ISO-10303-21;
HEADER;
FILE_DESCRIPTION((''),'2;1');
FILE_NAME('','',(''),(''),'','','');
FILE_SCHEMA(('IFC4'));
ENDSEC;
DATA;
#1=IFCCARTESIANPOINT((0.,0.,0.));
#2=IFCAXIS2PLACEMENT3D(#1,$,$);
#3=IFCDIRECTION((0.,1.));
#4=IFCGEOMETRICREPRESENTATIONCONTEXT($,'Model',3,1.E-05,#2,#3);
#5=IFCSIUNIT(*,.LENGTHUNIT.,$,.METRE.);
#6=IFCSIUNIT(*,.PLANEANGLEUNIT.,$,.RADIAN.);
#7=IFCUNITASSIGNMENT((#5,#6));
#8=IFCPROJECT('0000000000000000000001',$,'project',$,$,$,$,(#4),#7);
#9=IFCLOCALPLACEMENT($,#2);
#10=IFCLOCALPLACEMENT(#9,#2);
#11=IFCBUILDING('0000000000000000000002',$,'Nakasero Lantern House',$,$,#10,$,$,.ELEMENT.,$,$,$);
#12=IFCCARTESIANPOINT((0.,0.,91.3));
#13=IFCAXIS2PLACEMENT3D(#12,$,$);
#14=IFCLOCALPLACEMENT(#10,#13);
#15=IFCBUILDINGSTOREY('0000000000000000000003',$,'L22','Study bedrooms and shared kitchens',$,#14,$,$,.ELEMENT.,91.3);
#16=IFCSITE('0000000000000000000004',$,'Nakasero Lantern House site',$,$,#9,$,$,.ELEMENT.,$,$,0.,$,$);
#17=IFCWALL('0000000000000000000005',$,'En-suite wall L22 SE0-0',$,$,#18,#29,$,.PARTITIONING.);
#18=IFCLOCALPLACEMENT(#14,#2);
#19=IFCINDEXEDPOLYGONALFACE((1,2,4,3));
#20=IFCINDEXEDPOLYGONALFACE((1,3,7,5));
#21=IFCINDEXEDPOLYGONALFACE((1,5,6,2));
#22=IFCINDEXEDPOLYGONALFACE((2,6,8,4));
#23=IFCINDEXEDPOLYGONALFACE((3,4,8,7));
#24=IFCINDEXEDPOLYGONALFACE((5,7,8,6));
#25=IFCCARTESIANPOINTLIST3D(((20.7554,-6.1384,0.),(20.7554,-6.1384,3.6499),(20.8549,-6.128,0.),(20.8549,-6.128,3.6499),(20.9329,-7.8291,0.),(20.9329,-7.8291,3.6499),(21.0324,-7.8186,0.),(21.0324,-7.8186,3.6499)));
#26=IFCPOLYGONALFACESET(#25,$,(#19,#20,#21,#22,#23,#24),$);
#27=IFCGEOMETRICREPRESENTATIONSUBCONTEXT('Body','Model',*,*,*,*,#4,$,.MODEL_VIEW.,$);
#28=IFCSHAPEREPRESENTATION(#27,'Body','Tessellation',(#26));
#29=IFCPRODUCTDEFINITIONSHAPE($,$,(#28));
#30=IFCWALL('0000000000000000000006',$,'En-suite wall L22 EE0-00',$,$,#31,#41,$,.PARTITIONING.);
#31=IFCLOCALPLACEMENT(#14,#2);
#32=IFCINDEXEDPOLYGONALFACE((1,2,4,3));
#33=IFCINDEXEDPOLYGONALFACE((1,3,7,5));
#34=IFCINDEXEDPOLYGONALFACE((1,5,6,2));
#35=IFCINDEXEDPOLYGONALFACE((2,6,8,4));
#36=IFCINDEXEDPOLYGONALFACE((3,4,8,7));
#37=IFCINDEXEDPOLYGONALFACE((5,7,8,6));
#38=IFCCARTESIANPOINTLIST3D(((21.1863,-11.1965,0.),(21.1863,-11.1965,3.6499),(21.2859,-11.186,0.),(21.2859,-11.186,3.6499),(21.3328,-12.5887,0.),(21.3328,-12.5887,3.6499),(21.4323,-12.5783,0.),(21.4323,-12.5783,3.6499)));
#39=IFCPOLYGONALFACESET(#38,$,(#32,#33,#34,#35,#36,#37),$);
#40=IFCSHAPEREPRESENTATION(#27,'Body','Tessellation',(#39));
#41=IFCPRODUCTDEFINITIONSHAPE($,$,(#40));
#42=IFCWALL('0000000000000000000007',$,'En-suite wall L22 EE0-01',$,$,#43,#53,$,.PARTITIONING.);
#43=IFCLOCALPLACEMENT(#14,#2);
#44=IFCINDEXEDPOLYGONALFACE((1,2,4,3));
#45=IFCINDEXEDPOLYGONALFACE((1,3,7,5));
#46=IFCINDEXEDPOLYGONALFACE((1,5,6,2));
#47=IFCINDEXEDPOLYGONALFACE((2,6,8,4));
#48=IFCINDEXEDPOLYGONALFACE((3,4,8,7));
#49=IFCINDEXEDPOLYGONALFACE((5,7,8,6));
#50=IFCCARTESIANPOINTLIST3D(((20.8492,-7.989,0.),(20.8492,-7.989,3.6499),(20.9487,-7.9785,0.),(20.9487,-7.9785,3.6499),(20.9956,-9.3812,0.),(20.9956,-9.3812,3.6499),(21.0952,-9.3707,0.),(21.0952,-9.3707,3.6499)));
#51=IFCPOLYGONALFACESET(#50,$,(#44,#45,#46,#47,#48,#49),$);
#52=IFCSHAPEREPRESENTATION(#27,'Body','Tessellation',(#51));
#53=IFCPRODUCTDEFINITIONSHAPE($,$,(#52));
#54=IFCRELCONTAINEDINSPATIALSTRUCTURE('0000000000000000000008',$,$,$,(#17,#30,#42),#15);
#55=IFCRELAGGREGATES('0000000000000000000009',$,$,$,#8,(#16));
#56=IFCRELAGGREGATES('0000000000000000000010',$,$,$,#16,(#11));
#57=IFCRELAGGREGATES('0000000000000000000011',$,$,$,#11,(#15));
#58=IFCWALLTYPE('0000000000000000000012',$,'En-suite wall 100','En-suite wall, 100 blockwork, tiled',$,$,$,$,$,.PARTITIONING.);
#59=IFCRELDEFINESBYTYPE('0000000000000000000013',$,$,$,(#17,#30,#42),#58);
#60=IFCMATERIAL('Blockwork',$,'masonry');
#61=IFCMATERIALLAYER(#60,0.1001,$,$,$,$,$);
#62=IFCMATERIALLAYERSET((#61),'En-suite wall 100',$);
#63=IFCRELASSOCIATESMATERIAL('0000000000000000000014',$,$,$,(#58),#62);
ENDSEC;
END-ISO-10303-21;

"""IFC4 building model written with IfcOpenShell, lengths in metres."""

from ifc_helpers import new_model, si_unit, direction, frame, frame_2d, origin, place, context, subcontext, project, spatial, rectangle, extrude, material, layer, layer_set, type_object, element, save


model = new_model("IFC4")

# Units and contexts
model_context = context("Model", 3, precision=1e-05, world=origin(), true_north=direction((0.0, 1.0)))
body_context = subcontext(model_context, "Body", "Model", "MODEL_VIEW")
ifc_project = project(units=[si_unit("LENGTHUNIT", "METRE"), si_unit("PLANEANGLEUNIT", "RADIAN")], contexts=[model_context])

# Site, building, storey
site_placement = place(None, origin())
site = spatial("IfcSite", under=ifc_project, at=site_placement, Name="Nakasero Lantern House site", CompositionType="ELEMENT", RefElevation=0.0)
building_placement = place(site_placement, origin())
building = spatial("IfcBuilding", under=site, at=building_placement, Name="Nakasero Lantern House", CompositionType="ELEMENT")
storey_placement = place(building_placement, frame((0.0, 0.0, 91.3)))
storey = spatial("IfcBuildingStorey", under=building, at=storey_placement, Name="L22", Description="Study bedrooms and shared kitchens", CompositionType="ELEMENT", Elevation=91.3)

# Walls
ifc_material_1 = material(Name="Blockwork", Category="masonry")
ifc_layer_1 = layer(ifc_material_1, 0.1001)
ifc_layer_set_1 = layer_set([ifc_layer_1], Name="En-suite wall 100")
wall_type_1 = type_object("IfcWallType", Name="En-suite wall 100", Description="En-suite wall, 100 blockwork, tiled", PredefinedType="PARTITIONING", material=ifc_layer_set_1)
wall_1_placement = place(storey_placement, frame((20.9827, -7.824, 0.0), z_axis=(0.0, 0.0, 1.0), x_axis=(-0.104408, 0.994535, 0.0)))
element("IfcWall", 1, at=wall_1_placement, inside=storey, type_object=wall_type_1, Name="En-suite wall L22 SE0-0", PredefinedType="PARTITIONING", context=body_context, shape_type="SweptSolid", body=[
    extrude(rectangle(XDim=1.7, YDim=0.1001, at=frame_2d((0.8501, 0.0))), origin(), (0.0, 0.0, 1.0), 3.6499),
])
for number, where, z_axis, x_axis, name in (
    (2, (21.3826, -12.5835, 0.0), (0.0, 0.0, 1.0), (-0.10463, 0.994511, 0.0), "En-suite wall L22 EE0-00"),
    (3, (21.0454, -9.376, 0.0), (0.0, 0.0, 1.0), (-0.10463, 0.994511, 0.0), "En-suite wall L22 EE0-01"),
):
    element("IfcWall", number, at=place(storey_placement, frame(where, z_axis=z_axis, x_axis=x_axis)), inside=storey, type_object=wall_type_1, Name=name, PredefinedType="PARTITIONING", context=body_context, shape_type="SweptSolid", body=[
        extrude(rectangle(XDim=1.3999, YDim=0.1001, at=frame_2d((0.7, 0.0))), origin(), (0.0, 0.0, 1.0), 3.6499),
    ])

save(model, "model.ifc")
